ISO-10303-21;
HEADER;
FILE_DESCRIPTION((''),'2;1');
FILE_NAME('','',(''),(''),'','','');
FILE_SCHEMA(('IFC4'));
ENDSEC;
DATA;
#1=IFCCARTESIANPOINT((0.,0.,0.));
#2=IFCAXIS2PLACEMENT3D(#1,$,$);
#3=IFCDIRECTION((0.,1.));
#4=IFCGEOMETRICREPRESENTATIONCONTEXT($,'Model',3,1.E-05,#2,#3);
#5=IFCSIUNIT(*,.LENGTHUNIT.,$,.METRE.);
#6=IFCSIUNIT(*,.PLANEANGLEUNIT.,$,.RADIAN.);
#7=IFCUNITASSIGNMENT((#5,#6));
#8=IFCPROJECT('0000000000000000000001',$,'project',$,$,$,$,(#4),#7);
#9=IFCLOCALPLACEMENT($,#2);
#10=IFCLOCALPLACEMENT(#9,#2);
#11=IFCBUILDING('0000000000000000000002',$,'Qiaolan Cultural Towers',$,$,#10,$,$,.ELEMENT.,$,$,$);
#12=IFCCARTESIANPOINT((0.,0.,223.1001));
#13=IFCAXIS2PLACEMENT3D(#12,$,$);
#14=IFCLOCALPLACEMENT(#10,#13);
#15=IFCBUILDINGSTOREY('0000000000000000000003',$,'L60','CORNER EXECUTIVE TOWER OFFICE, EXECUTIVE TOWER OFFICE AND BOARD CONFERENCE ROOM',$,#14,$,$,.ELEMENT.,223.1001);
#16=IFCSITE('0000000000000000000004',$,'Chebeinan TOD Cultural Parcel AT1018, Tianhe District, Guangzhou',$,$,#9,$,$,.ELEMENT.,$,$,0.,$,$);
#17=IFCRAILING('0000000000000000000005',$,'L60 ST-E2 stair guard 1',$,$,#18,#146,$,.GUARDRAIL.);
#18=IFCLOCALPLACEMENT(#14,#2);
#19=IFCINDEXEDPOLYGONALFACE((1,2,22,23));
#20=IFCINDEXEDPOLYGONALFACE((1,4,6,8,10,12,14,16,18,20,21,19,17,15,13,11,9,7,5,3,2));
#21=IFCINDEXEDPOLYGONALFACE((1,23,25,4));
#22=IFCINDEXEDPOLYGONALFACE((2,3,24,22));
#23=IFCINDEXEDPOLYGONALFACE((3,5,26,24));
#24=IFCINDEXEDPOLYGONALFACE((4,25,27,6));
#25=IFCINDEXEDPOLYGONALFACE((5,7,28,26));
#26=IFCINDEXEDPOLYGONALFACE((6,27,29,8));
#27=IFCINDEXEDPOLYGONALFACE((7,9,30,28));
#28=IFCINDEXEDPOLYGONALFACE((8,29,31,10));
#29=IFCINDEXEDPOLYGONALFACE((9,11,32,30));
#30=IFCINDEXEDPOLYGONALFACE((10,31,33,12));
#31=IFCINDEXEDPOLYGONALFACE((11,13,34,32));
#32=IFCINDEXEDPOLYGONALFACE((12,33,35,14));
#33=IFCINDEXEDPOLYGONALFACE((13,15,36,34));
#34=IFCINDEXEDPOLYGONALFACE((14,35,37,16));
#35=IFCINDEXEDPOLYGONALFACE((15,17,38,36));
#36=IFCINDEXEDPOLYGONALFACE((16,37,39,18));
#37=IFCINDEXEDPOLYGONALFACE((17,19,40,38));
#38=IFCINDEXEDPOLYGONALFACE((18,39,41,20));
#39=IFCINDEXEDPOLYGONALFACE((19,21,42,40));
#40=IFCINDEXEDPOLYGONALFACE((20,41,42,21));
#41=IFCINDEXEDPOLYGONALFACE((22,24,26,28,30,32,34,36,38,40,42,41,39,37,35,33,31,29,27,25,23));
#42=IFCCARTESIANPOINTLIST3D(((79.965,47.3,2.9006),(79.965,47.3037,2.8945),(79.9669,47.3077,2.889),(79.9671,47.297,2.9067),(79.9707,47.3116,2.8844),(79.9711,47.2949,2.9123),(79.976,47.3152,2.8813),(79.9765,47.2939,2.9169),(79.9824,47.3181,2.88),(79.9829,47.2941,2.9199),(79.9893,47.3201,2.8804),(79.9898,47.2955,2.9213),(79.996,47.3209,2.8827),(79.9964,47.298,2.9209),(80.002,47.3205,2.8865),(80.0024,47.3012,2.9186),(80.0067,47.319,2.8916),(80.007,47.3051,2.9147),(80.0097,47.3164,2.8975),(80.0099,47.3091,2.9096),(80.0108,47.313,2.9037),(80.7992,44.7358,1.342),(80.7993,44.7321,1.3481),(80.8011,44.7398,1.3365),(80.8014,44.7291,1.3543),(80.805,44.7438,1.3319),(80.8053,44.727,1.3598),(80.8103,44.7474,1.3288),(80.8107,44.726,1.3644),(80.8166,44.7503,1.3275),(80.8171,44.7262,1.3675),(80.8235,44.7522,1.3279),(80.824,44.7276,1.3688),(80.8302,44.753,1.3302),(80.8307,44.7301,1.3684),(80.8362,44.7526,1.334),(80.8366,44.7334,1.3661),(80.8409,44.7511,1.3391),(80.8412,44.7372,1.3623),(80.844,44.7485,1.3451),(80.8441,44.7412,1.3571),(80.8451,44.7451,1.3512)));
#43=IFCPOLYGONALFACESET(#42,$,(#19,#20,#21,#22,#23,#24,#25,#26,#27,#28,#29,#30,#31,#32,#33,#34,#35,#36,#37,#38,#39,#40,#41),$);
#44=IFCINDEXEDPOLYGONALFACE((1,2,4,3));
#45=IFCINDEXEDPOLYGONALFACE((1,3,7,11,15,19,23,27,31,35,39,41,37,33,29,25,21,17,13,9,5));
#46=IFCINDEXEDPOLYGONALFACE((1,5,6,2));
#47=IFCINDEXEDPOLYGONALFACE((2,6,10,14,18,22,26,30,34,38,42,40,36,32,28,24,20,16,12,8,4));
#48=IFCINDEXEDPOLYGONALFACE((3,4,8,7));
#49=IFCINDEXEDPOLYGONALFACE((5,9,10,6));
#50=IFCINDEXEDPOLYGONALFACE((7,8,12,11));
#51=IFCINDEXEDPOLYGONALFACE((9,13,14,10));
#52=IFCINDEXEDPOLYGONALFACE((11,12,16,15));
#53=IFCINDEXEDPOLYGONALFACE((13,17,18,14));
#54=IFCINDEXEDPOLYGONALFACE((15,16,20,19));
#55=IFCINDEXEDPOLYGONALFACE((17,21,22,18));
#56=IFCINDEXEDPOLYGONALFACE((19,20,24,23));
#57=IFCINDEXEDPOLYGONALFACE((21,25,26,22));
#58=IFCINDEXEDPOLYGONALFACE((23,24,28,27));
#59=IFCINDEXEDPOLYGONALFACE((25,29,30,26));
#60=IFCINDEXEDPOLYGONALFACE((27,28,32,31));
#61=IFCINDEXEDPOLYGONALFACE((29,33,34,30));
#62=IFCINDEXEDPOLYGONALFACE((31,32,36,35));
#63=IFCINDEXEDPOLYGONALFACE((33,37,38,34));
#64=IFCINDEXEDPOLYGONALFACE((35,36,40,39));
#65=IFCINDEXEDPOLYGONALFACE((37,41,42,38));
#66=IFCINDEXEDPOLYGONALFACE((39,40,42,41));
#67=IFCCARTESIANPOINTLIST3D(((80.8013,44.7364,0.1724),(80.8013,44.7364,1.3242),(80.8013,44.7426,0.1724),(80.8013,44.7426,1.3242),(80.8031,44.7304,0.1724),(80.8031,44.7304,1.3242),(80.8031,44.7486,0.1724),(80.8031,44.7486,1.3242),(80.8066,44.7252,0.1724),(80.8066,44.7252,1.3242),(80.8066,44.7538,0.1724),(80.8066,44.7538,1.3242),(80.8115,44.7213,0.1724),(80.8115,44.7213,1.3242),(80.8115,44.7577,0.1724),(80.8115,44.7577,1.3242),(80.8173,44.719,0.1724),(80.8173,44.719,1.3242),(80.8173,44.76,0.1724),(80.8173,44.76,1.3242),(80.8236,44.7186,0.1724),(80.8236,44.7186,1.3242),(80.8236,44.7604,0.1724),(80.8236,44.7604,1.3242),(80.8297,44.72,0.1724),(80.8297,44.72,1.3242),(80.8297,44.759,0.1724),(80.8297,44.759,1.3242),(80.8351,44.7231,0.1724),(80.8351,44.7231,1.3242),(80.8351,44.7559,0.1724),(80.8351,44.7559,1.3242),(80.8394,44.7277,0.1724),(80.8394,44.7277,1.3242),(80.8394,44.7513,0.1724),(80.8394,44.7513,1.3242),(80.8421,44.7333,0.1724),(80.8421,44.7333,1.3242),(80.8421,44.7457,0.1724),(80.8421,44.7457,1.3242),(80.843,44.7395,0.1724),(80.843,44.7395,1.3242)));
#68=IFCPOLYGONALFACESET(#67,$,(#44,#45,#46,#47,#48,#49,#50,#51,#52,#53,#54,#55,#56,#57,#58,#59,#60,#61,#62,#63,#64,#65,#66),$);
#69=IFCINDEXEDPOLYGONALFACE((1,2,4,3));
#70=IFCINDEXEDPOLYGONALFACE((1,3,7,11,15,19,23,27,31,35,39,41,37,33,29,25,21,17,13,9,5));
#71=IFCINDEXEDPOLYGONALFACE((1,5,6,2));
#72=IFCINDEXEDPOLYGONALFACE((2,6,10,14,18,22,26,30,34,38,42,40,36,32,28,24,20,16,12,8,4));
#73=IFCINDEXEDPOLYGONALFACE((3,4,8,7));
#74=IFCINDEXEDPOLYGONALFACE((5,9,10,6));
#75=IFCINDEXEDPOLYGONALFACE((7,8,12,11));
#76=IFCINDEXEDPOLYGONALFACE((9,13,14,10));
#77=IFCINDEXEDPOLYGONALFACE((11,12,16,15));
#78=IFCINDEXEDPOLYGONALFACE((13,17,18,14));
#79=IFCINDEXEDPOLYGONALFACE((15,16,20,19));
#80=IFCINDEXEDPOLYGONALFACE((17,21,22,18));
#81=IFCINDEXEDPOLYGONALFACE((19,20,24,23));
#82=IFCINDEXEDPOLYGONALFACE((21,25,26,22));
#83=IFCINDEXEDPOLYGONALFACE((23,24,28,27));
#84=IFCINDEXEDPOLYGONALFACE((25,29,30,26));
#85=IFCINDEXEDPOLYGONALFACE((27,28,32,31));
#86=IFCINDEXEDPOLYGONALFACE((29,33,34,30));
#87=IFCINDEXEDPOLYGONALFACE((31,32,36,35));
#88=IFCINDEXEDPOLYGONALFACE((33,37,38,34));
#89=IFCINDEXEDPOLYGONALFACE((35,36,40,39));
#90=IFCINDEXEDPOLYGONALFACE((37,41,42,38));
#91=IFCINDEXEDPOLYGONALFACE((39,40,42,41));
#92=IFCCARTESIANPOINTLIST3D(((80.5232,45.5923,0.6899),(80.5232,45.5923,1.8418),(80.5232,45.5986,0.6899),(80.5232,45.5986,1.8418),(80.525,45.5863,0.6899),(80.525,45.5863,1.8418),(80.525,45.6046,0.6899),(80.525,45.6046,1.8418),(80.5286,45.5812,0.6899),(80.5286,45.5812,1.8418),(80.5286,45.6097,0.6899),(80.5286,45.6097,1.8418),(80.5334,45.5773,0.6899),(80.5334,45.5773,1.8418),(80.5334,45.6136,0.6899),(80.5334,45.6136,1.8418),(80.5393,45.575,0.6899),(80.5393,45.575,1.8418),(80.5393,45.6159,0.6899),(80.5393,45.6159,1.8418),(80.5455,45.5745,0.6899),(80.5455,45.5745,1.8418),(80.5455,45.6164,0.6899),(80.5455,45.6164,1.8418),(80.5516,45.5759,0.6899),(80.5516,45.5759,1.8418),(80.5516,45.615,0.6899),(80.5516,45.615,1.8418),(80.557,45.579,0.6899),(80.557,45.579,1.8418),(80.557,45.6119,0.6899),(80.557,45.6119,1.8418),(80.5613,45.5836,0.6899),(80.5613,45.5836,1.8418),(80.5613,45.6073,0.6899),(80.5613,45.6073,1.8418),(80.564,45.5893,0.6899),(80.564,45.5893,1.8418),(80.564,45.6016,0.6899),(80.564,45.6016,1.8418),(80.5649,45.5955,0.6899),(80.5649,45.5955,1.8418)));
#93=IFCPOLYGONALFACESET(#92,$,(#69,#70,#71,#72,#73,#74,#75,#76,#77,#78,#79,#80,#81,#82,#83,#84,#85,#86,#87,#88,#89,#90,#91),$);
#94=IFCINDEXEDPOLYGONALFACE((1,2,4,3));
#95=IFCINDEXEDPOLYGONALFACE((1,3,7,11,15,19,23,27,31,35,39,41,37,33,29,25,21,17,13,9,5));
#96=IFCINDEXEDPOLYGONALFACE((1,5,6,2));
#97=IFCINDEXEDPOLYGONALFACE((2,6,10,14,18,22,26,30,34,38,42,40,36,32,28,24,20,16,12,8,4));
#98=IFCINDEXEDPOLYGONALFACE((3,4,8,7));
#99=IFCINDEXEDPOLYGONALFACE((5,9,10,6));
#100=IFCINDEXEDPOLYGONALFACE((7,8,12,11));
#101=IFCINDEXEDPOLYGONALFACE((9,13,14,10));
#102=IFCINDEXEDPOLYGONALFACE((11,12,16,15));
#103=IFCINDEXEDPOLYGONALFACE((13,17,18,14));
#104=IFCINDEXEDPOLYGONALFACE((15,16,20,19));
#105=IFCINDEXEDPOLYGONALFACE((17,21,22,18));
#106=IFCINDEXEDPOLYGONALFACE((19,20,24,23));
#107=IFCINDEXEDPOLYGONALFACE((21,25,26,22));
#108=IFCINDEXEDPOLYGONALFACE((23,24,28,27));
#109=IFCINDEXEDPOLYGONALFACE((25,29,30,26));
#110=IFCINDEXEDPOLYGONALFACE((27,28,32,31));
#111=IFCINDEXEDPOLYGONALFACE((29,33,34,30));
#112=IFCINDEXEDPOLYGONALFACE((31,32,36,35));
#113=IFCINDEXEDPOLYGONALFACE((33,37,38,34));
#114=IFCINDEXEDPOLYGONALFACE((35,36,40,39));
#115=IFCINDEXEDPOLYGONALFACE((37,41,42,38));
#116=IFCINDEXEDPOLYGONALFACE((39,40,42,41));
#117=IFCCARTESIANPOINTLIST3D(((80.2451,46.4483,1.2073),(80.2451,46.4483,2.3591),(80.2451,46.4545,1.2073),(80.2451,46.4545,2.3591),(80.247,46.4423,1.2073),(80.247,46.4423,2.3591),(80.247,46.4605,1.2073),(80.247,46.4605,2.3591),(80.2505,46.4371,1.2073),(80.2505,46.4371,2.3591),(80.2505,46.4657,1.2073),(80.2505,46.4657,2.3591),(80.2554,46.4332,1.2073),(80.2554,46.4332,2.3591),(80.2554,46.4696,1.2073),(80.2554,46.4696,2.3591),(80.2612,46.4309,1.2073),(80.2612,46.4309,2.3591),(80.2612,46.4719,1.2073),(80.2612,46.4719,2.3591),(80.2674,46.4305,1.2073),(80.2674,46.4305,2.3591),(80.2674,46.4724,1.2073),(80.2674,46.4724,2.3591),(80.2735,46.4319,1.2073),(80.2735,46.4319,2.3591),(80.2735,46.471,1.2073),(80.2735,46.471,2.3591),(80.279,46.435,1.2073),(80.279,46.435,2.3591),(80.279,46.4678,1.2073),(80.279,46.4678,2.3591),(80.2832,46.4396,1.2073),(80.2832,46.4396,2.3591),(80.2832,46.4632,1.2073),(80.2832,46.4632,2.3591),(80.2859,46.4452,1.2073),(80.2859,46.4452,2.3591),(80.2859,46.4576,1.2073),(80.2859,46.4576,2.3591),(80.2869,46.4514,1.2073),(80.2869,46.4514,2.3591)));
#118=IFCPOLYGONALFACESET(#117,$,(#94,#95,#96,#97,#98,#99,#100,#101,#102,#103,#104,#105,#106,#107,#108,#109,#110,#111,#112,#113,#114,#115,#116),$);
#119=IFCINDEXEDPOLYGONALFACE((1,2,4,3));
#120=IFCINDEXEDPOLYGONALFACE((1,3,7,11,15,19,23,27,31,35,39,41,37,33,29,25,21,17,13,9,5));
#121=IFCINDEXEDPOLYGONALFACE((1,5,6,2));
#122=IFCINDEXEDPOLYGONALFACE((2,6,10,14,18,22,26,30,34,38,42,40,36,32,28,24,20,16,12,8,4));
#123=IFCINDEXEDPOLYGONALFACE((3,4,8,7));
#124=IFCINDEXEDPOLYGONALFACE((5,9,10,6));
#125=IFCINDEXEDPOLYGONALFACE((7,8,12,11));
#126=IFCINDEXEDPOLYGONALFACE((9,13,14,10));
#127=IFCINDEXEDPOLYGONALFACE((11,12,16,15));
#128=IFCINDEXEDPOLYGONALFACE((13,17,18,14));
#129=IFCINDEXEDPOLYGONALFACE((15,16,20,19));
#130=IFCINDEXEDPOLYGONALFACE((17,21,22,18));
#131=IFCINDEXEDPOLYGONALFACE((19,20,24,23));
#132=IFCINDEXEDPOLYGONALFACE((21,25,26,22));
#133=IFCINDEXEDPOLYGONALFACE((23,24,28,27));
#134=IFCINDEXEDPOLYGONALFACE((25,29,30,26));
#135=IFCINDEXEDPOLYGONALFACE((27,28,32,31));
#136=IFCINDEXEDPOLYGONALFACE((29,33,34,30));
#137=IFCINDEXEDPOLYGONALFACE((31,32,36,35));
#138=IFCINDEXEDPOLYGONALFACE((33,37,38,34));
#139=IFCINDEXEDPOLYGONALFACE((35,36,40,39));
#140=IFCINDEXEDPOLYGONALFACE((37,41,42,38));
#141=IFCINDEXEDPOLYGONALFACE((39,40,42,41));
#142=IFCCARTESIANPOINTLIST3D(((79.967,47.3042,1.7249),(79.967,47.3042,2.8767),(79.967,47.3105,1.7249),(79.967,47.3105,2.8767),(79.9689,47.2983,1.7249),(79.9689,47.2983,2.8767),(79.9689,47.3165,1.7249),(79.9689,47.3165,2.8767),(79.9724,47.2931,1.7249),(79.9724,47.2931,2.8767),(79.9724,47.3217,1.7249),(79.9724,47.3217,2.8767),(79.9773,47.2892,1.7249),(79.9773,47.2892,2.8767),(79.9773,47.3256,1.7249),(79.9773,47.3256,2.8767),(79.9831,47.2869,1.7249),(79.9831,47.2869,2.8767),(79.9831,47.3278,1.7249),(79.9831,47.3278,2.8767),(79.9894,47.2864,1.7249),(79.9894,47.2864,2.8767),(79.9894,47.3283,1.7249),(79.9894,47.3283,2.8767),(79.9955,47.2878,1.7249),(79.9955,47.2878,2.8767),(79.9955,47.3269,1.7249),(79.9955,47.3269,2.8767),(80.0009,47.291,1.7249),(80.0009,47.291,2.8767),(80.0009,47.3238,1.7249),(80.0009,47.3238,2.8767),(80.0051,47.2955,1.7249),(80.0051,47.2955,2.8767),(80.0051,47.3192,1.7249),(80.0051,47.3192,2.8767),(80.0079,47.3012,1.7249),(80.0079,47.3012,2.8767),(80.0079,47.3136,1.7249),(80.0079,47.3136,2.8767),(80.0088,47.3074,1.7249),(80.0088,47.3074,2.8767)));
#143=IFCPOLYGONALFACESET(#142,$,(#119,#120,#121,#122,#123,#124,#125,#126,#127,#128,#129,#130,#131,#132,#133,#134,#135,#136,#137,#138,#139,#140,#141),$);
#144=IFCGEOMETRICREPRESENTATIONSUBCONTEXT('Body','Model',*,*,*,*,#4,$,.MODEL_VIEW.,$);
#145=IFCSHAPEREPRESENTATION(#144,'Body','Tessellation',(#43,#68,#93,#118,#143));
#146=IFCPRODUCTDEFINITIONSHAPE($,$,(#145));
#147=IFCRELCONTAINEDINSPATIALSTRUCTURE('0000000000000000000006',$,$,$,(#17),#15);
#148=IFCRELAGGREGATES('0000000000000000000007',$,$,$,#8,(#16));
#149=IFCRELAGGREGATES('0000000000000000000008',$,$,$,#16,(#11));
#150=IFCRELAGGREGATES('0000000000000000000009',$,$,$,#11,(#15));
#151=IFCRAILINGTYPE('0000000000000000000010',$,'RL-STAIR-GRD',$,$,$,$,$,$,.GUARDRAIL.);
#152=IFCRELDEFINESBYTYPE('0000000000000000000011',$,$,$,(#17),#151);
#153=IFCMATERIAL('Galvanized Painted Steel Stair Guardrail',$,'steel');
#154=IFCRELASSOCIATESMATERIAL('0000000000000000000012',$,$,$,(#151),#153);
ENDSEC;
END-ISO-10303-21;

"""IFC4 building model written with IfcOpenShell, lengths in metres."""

from ifc_helpers import new_model, si_unit, direction, frame, origin, origin_2d, place, context, subcontext, project, spatial, circle, extrude, material, type_object, element, save


model = new_model("IFC4")

# Units and contexts
model_context = context("Model", 3, precision=1e-05, world=origin(), true_north=direction((0.0, 1.0)))
body_context = subcontext(model_context, "Body", "Model", "MODEL_VIEW")
ifc_project = project(units=[si_unit("LENGTHUNIT", "METRE"), si_unit("PLANEANGLEUNIT", "RADIAN")], contexts=[model_context])

# Site, building, storey
site_placement = place(None, origin())
site = spatial("IfcSite", under=ifc_project, at=site_placement, Name="Chebeinan TOD Cultural Parcel AT1018, Tianhe District, Guangzhou", CompositionType="ELEMENT", RefElevation=0.0)
building_placement = place(site_placement, origin())
building = spatial("IfcBuilding", under=site, at=building_placement, Name="Qiaolan Cultural Towers", CompositionType="ELEMENT")
storey_placement = place(building_placement, frame((0.0, 0.0, 223.1001)))
storey = spatial("IfcBuildingStorey", under=building, at=storey_placement, Name="L60", Description="CORNER EXECUTIVE TOWER OFFICE, EXECUTIVE TOWER OFFICE AND BOARD CONFERENCE ROOM", CompositionType="ELEMENT", Elevation=223.1001)

# Railing
ifc_material_1 = material(Name="Galvanized Painted Steel Stair Guardrail", Category="steel")
railing_type = type_object("IfcRailingType", Name="RL-STAIR-GRD", PredefinedType="GUARDRAIL", material=ifc_material_1)
railing_1_placement = place(storey_placement, frame((80.822, 44.7395, 0.1724)))
element("IfcRailing", 1, at=railing_1_placement, inside=storey, type_object=railing_type, Name="L60 ST-E2 stair guard 1", PredefinedType="GUARDRAIL", context=body_context, shape_type="SweptSolid", body=[
    extrude(circle(Radius=0.0239, at=origin_2d()), frame((0.0, 0.0, 1.1758), z_axis=(-0.267853, 0.824488, 0.498471), x_axis=(-0.95107, -0.308976, 0.0)), (0.0, 0.0, 1.0), 3.1145),
    extrude(circle(Radius=0.021, at=origin_2d()), origin(), (0.0, 0.0, 1.0), 1.1519),
    extrude(circle(Radius=0.021, at=origin_2d()), frame((-0.2781, 0.856, 0.5176)), (0.0, 0.0, 1.0), 1.1519),
    extrude(circle(Radius=0.021, at=origin_2d()), frame((-0.5562, 1.7119, 1.0349)), (0.0, 0.0, 1.0), 1.1519),
    extrude(circle(Radius=0.021, at=origin_2d()), frame((-0.8342, 2.5679, 1.5525)), (0.0, 0.0, 1.0), 1.1519),
])

save(model, "model.ifc")
